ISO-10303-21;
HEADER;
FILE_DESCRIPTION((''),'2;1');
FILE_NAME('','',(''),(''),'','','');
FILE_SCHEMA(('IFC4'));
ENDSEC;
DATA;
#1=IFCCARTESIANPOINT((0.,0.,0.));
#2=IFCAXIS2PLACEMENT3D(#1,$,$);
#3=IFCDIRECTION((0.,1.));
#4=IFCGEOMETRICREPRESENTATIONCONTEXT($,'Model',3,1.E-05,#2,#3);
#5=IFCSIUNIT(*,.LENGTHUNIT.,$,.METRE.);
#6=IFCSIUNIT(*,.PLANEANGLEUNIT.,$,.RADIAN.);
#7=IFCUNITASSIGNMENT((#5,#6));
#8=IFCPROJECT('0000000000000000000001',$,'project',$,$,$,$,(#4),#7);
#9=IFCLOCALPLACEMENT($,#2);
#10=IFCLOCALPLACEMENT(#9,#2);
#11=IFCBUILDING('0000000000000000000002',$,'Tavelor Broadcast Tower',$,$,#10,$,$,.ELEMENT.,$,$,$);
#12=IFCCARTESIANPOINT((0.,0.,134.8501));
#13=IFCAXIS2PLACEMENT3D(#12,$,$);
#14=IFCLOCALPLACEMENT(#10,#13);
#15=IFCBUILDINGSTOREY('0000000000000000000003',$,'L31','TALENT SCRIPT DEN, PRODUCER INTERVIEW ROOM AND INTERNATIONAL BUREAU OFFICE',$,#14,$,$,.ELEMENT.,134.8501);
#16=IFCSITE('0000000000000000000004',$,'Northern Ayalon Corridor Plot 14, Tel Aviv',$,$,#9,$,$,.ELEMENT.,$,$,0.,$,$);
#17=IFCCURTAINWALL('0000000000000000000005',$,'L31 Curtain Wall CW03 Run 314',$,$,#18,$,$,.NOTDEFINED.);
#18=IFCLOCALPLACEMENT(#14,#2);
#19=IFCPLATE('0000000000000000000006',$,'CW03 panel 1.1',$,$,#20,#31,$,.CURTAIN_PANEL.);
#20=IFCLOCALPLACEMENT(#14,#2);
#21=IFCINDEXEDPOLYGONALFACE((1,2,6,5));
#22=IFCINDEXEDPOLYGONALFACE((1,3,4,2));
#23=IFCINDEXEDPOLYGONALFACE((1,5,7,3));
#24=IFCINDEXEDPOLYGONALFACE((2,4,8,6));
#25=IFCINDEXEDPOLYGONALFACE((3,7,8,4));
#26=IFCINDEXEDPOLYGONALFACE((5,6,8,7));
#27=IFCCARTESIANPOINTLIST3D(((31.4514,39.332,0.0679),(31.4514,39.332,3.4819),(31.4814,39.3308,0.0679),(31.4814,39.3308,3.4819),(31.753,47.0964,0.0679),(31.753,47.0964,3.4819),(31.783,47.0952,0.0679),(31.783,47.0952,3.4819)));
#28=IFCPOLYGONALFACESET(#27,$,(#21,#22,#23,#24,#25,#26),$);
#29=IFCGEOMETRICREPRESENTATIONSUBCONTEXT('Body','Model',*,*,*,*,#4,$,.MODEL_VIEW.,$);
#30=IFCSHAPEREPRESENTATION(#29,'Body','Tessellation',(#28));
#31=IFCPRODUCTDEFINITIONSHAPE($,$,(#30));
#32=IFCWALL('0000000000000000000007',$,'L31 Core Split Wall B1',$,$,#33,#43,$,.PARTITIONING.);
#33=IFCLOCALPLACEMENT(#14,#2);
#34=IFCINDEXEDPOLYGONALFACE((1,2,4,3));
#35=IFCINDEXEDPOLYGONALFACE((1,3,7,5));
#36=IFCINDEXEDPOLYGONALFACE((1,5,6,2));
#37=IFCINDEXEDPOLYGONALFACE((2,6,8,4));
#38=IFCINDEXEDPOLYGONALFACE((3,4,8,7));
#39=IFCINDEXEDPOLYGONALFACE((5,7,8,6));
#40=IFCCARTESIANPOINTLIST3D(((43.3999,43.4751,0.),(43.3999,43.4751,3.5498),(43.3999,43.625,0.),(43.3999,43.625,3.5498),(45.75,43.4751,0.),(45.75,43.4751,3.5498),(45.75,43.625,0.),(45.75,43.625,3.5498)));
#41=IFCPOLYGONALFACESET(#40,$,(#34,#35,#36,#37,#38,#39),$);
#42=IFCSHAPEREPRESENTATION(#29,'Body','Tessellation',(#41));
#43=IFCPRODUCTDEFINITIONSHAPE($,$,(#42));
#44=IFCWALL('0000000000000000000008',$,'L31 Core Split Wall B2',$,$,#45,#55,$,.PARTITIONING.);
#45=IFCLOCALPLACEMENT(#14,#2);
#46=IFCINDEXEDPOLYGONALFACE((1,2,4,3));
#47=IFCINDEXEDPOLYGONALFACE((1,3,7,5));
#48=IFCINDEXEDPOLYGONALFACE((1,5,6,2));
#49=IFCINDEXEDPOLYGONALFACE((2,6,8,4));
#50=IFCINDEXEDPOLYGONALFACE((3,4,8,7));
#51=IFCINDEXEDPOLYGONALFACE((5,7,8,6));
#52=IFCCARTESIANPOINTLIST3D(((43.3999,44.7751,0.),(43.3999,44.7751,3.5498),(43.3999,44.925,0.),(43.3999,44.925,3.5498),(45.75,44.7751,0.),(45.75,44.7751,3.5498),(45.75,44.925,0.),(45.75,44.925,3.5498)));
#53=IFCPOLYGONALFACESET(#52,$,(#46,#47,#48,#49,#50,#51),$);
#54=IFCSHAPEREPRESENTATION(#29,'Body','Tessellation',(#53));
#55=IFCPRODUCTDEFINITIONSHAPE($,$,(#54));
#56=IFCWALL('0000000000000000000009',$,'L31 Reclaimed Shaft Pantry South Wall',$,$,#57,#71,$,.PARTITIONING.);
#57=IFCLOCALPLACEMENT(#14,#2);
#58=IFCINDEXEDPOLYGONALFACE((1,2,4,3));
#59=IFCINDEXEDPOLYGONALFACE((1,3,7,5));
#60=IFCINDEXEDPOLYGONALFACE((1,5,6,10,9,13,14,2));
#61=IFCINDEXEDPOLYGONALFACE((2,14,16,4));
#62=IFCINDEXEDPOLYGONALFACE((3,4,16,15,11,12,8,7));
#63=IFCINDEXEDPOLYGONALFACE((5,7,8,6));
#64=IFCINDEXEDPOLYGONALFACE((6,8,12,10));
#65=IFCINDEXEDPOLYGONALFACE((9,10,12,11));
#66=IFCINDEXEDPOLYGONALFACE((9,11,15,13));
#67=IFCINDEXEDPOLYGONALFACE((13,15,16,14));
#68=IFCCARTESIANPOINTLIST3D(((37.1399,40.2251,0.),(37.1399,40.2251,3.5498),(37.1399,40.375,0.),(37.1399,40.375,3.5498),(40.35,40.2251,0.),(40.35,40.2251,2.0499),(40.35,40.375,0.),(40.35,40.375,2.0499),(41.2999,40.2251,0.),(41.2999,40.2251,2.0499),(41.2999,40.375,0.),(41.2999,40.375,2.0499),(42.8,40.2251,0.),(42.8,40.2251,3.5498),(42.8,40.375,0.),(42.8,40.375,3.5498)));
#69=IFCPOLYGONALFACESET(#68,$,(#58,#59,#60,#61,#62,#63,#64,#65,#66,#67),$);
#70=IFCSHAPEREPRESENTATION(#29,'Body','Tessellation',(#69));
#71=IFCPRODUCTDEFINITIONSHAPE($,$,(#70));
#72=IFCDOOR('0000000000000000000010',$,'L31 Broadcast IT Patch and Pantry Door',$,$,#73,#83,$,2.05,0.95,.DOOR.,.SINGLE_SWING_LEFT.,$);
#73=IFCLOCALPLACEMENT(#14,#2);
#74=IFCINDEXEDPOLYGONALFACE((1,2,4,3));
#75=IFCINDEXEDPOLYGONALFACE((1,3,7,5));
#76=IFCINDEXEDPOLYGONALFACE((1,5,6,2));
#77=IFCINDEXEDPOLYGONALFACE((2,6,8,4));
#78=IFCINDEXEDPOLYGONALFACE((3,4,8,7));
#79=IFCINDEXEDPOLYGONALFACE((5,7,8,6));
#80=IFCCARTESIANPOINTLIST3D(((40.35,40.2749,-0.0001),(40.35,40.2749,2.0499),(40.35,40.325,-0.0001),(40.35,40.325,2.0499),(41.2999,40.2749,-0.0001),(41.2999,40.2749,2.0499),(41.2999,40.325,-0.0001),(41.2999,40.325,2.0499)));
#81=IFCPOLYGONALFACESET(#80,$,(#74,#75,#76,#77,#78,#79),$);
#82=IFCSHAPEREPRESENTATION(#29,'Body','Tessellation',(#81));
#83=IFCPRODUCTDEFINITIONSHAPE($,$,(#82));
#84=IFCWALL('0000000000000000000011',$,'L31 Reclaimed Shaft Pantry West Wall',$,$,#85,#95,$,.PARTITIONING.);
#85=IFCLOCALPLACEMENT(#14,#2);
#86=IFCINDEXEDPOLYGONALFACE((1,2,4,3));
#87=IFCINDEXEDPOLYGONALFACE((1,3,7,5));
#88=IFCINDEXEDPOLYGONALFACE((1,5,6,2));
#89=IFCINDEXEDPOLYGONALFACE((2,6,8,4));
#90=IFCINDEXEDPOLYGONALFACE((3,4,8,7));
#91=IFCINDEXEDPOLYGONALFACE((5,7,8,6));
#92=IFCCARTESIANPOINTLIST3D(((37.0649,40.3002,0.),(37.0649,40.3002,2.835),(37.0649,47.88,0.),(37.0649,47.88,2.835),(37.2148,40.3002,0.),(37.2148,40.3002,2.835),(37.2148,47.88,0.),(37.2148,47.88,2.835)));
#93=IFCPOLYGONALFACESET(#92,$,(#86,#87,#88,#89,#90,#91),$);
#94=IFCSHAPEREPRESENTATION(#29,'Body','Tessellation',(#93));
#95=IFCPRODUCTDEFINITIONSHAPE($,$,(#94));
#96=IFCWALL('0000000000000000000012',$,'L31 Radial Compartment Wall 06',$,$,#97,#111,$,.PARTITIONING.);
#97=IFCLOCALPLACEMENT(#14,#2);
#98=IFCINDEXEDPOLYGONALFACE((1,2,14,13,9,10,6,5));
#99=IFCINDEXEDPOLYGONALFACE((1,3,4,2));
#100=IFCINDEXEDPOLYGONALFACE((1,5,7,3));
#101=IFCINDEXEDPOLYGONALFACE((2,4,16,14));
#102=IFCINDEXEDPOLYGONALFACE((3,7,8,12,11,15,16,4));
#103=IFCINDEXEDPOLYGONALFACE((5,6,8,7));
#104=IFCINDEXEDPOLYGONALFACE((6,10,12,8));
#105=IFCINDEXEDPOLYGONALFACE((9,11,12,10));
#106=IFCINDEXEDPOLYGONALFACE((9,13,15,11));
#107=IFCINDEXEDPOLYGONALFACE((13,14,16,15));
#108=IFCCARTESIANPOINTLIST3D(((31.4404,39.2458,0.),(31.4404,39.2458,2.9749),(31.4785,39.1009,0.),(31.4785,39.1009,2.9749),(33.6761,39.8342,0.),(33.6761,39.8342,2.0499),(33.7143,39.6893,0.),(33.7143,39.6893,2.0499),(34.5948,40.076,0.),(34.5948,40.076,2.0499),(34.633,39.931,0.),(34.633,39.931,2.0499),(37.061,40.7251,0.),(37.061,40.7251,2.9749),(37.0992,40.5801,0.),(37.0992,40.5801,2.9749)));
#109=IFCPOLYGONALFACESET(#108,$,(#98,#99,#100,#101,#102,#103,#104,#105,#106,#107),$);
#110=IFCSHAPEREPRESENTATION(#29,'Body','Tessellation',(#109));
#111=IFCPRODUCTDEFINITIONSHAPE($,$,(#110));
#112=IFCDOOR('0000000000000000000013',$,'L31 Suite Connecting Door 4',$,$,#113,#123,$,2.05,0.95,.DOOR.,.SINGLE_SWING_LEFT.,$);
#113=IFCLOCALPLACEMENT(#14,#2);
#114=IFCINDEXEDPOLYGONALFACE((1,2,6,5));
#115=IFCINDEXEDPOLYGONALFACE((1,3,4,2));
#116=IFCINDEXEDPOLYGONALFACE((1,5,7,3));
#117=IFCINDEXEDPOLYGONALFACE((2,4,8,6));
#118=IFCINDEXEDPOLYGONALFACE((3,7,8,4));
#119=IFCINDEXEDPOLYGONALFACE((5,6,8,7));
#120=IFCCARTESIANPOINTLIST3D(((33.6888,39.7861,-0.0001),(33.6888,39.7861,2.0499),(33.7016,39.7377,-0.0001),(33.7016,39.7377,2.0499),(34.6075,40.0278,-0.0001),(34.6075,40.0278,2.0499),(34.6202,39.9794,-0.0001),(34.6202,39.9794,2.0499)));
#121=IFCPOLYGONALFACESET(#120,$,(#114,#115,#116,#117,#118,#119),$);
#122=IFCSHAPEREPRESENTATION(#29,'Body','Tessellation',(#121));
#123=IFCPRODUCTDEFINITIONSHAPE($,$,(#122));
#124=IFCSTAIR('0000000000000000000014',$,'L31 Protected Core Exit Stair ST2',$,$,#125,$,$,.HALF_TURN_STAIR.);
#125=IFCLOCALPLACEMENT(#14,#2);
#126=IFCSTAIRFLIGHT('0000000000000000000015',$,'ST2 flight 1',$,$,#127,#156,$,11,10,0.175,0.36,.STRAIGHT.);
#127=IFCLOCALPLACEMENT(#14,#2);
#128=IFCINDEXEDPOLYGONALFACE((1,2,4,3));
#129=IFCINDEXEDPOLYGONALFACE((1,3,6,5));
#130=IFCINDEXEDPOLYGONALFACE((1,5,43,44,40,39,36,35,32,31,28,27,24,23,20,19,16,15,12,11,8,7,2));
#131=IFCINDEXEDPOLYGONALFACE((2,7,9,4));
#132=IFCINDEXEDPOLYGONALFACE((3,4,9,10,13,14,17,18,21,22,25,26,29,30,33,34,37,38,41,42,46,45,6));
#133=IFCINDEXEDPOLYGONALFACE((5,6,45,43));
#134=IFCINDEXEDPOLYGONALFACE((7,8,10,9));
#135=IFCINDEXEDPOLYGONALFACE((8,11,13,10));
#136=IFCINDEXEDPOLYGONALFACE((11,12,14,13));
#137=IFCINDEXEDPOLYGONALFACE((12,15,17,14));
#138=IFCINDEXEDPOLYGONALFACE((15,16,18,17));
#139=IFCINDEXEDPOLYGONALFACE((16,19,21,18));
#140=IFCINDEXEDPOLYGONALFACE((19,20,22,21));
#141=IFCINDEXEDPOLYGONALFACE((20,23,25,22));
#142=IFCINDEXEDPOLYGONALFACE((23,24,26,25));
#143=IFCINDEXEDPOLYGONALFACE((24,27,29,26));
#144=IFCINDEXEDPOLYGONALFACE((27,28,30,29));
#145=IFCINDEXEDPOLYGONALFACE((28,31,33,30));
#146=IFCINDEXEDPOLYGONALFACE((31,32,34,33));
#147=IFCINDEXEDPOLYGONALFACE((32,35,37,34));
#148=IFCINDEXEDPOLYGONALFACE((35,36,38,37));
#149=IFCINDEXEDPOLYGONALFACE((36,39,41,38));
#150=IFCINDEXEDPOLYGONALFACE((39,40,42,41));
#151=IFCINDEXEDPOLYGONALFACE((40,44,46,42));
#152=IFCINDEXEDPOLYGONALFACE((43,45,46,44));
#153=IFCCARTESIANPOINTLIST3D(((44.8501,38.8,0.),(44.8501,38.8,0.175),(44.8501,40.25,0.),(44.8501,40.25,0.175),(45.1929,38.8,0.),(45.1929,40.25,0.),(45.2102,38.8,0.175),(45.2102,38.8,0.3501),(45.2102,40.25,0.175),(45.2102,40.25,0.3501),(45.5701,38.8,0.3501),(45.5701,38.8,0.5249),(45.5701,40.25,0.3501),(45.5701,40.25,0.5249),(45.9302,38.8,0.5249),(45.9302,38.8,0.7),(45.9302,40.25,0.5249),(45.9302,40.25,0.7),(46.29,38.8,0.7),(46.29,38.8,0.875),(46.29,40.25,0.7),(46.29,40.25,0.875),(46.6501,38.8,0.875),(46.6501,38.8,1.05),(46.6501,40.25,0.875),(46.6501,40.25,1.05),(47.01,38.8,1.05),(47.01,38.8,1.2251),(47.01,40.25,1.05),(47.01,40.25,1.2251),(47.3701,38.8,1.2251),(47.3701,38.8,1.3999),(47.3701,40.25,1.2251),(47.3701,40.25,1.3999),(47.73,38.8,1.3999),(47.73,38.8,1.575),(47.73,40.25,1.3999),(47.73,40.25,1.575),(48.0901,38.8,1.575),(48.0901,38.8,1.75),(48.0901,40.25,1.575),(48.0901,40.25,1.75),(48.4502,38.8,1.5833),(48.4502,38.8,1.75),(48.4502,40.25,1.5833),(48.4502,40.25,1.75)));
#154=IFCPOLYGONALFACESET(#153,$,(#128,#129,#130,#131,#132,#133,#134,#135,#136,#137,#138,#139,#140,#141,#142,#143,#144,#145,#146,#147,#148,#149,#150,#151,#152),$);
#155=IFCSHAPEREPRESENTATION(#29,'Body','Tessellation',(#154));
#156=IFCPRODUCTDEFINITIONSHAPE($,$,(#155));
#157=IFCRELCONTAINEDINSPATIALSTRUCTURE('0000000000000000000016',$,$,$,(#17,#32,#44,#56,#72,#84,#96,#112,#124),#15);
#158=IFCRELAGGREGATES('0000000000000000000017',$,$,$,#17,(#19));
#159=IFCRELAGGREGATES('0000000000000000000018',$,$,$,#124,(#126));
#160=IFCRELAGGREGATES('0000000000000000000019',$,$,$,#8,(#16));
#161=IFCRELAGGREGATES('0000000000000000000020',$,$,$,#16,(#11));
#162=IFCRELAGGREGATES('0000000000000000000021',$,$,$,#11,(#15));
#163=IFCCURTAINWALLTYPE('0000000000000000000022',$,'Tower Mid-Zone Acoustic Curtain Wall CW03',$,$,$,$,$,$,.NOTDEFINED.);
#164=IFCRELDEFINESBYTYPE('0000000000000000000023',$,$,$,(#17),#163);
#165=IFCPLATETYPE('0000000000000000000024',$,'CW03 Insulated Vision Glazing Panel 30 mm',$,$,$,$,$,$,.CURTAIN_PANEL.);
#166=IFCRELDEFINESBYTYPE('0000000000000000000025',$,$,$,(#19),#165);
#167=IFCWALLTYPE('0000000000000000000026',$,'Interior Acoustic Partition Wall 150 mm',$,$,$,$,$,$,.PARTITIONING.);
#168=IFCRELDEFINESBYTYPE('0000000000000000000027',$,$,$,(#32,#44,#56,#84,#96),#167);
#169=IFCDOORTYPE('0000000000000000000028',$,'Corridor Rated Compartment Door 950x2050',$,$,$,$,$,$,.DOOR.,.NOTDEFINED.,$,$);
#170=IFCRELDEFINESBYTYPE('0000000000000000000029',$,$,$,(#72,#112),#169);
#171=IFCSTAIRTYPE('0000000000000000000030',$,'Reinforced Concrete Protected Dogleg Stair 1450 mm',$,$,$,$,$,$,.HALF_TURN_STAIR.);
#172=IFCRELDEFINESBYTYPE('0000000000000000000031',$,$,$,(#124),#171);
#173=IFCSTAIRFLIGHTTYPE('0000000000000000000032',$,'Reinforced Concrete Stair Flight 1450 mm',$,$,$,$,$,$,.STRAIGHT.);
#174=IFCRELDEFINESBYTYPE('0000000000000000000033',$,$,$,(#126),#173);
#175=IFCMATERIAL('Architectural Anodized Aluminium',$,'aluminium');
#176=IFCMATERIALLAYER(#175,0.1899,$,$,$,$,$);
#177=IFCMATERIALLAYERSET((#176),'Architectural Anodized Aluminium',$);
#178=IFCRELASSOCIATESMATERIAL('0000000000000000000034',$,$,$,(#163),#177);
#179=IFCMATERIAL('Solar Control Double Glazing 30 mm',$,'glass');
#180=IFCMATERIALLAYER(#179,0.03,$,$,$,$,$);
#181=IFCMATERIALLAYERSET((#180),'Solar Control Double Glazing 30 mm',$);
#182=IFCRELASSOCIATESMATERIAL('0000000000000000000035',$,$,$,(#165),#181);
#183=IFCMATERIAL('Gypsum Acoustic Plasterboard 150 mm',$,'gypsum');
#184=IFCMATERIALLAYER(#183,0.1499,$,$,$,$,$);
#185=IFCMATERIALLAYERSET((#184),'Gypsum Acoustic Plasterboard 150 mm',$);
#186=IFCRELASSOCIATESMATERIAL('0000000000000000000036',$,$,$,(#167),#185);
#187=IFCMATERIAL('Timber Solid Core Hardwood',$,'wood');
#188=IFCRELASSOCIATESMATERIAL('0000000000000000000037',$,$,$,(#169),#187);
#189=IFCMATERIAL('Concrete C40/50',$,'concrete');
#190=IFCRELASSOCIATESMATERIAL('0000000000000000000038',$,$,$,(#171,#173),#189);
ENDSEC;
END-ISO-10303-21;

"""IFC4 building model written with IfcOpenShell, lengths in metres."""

from ifc_helpers import new_model, si_unit, direction, frame, frame_2d, origin, origin_2d, place, context, subcontext, project, spatial, polyline, rectangle, outline, extrude, source, transform, mapped, material, layer, layer_set, type_object, type_shapes, element, fill, aggregate, save


model = new_model("IFC4")

# Units and contexts
model_context = context("Model", 3, precision=1e-05, world=origin(), true_north=direction((0.0, 1.0)))
body_context = subcontext(model_context, "Body", "Model", "MODEL_VIEW")
ifc_project = project(units=[si_unit("LENGTHUNIT", "METRE"), si_unit("PLANEANGLEUNIT", "RADIAN")], contexts=[model_context])

# Site, building, storey
site_placement = place(None, origin())
site = spatial("IfcSite", under=ifc_project, at=site_placement, Name="Northern Ayalon Corridor Plot 14, Tel Aviv", CompositionType="ELEMENT", RefElevation=0.0)
building_placement = place(site_placement, origin())
building = spatial("IfcBuilding", under=site, at=building_placement, Name="Tavelor Broadcast Tower", CompositionType="ELEMENT")
storey_placement = place(building_placement, frame((0.0, 0.0, 134.8501)))
storey = spatial("IfcBuildingStorey", under=building, at=storey_placement, Name="L31", Description="TALENT SCRIPT DEN, PRODUCER INTERVIEW ROOM AND INTERNATIONAL BUREAU OFFICE", CompositionType="ELEMENT", Elevation=134.8501)

# Shared definitions
ifc_material_1 = material(Name="Concrete C40/50", Category="concrete")

# Curtain wall
ifc_material_2 = material(Name="Architectural Anodized Aluminium", Category="aluminium")
ifc_layer_1 = layer(ifc_material_2, 0.1899)
ifc_layer_set_1 = layer_set([ifc_layer_1], Name="Architectural Anodized Aluminium")
curtain_wall_type = type_object("IfcCurtainWallType", Name="Tower Mid-Zone Acoustic Curtain Wall CW03", PredefinedType="NOTDEFINED", material=ifc_layer_set_1)
curtain_wall_1_placement = place(storey_placement, origin())
curtain_wall_1 = element("IfcCurtainWall", 1, at=curtain_wall_1_placement, inside=storey, type_object=curtain_wall_type, Name="L31 Curtain Wall CW03 Run 314", PredefinedType="NOTDEFINED")

# Plate
ifc_material_3 = material(Name="Solar Control Double Glazing 30 mm", Category="glass")
ifc_layer_2 = layer(ifc_material_3, 0.03)
ifc_layer_set_2 = layer_set([ifc_layer_2], Name="Solar Control Double Glazing 30 mm")
plate_type_1 = type_object("IfcPlateType", Name="CW03 Insulated Vision Glazing Panel 30 mm", PredefinedType="CURTAIN_PANEL", material=ifc_layer_set_2)
shared_shape_1 = source(origin(), body_context, "Body", "SweptSolid", [
    extrude(rectangle(XDim=7.7703, YDim=0.03, at=origin_2d()), origin(), (0.0, 0.0, 1.0), 3.4141),
])
type_shapes(plate_type_1, [shared_shape_1])
plate_1_placement = place(storey_placement, frame((31.6172, 43.2136, 0.0679), z_axis=(0.0, 0.0, 1.0), x_axis=(-0.038817, -0.999246, 0.0)))
plate_1 = element("IfcPlate", 2, at=plate_1_placement, type_object=plate_type_1, Name="CW03 panel 1.1", PredefinedType="CURTAIN_PANEL", context=body_context, shape_type="MappedRepresentation", body=[
    mapped(shared_shape_1, transform((0.0, 0.0, 0.0), scale=1.0)),
])
aggregate(curtain_wall_1, [plate_1])

# Walls
ifc_material_4 = material(Name="Gypsum Acoustic Plasterboard 150 mm", Category="gypsum")
ifc_layer_3 = layer(ifc_material_4, 0.1499)
ifc_layer_set_3 = layer_set([ifc_layer_3], Name="Gypsum Acoustic Plasterboard 150 mm")
wall_type_1 = type_object("IfcWallType", Name="Interior Acoustic Partition Wall 150 mm", PredefinedType="PARTITIONING", material=ifc_layer_set_3)
for number, where, z_axis, x_axis, name in (
    (3, (43.3999, 43.55, 0.0), (0.0, 0.0, 1.0), (1.0, 0.0, 0.0), "L31 Core Split Wall B1"),
    (4, (43.3999, 44.8501, 0.0), (0.0, 0.0, 1.0), (1.0, 0.0, 0.0), "L31 Core Split Wall B2"),
):
    element("IfcWall", number, at=place(storey_placement, frame(where, z_axis=z_axis, x_axis=x_axis)), inside=storey, type_object=wall_type_1, Name=name, PredefinedType="PARTITIONING", context=body_context, shape_type="SweptSolid", body=[
        extrude(rectangle(XDim=2.3501, YDim=0.1499, at=frame_2d((1.175, 0.0))), origin(), (0.0, 0.0, 1.0), 3.5498),
    ])

# Wall, opening, door
wall_1_placement = place(storey_placement, frame((37.1399, 40.3, 0.0), z_axis=(0.0, 0.0, 1.0), x_axis=(1.0, 0.0, 0.0)))
wall_1 = element("IfcWall", 5, at=wall_1_placement, inside=storey, type_object=wall_type_1, Name="L31 Reclaimed Shaft Pantry South Wall", PredefinedType="PARTITIONING", context=body_context, shape_type="SweptSolid", body=[
    extrude(rectangle(XDim=5.6602, YDim=0.1499, at=frame_2d((2.8301, 0.0))), origin(), (0.0, 0.0, 1.0), 3.5498),
])
opening_1_placement = place(wall_1_placement, frame((3.21, 0.0, 0.0)))
opening_1 = element("IfcOpeningElement", 6, at=opening_1_placement, cuts=wall_1, PredefinedType="OPENING", context=body_context, shape_type="SweptSolid", body=[
    extrude(rectangle(XDim=0.95, YDim=2.05, at=frame_2d((0.4751, 1.0249))), frame((0.0, 0.085, 0.0), z_axis=(0.0, -1.0, 0.0), x_axis=(1.0, 0.0, 0.0)), (0.0, 0.0, 1.0), 0.1699),
])
ifc_material_5 = material(Name="Timber Solid Core Hardwood", Category="wood")
door_type_1 = type_object("IfcDoorType", Name="Corridor Rated Compartment Door 950x2050", OperationType="NOTDEFINED", PredefinedType="DOOR", material=ifc_material_5)
door_1_placement = place(opening_1_placement, origin())
door_1 = element("IfcDoor", 7, at=door_1_placement, inside=storey, type_object=door_type_1, Name="L31 Broadcast IT Patch and Pantry Door", OperationType="SINGLE_SWING_LEFT", OverallHeight=2.05, OverallWidth=0.95, PredefinedType="DOOR", context=body_context, shape_type="SweptSolid", body=[
    extrude(rectangle(XDim=0.95, YDim=2.05, at=frame_2d((0.4751, 1.0249))), frame((0.0, 0.0249, 0.0), z_axis=(0.0, -1.0, 0.0), x_axis=(1.0, 0.0, 0.0)), (0.0, 0.0, 1.0), 0.05),
])
fill(opening_1, door_1)

# Wall
wall_2_placement = place(storey_placement, frame((37.1399, 40.3, 0.0), z_axis=(0.0, 0.0, 1.0), x_axis=(0.0, 1.0, 0.0)))
element("IfcWall", 8, at=wall_2_placement, inside=storey, type_object=wall_type_1, Name="L31 Reclaimed Shaft Pantry West Wall", PredefinedType="PARTITIONING", context=body_context, shape_type="SweptSolid", body=[
    extrude(rectangle(XDim=7.5798, YDim=0.1499, at=frame_2d((3.79, 0.0))), origin(), (0.0, 0.0, 1.0), 2.835),
])

# Wall, opening, door
wall_3_placement = place(storey_placement, frame((37.0801, 40.6526, 0.0), z_axis=(0.0, 0.0, 1.0), x_axis=(-0.967069, -0.254516, 0.0)))
wall_3 = element("IfcWall", 9, at=wall_3_placement, inside=storey, type_object=wall_type_1, Name="L31 Radial Compartment Wall 06", PredefinedType="PARTITIONING", context=body_context, shape_type="SweptSolid", body=[
    extrude(rectangle(XDim=5.812, YDim=0.1499, at=frame_2d((2.906, 0.0))), origin(), (0.0, 0.0, 1.0), 2.9749),
])
opening_2_placement = place(wall_3_placement, frame((2.55, 0.0, 0.0)))
opening_2 = element("IfcOpeningElement", 10, at=opening_2_placement, cuts=wall_3, PredefinedType="OPENING", context=body_context, shape_type="SweptSolid", body=[
    extrude(rectangle(XDim=0.95, YDim=2.05, at=frame_2d((0.4751, 1.0249))), frame((0.0, 0.085, 0.0), z_axis=(0.0, -1.0, 0.0), x_axis=(1.0, 0.0, 0.0)), (0.0, 0.0, 1.0), 0.1699),
])
door_2_placement = place(opening_2_placement, origin())
door_2 = element("IfcDoor", 11, at=door_2_placement, inside=storey, type_object=door_type_1, Name="L31 Suite Connecting Door 4", OperationType="SINGLE_SWING_LEFT", OverallHeight=2.05, OverallWidth=0.95, PredefinedType="DOOR", context=body_context, shape_type="SweptSolid", body=[
    extrude(rectangle(XDim=0.95, YDim=2.05, at=frame_2d((0.4751, 1.0249))), frame((0.0, 0.0249, 0.0), z_axis=(0.0, -1.0, 0.0), x_axis=(1.0, 0.0, 0.0)), (0.0, 0.0, 1.0), 0.05),
])
fill(opening_2, door_2)

# Stair, stair flight
stair_type = type_object("IfcStairType", Name="Reinforced Concrete Protected Dogleg Stair 1450 mm", PredefinedType="HALF_TURN_STAIR", material=ifc_material_1)
stair_placement = place(storey_placement, origin())
stair = element("IfcStair", 12, at=stair_placement, inside=storey, type_object=stair_type, Name="L31 Protected Core Exit Stair ST2", PredefinedType="HALF_TURN_STAIR")
stair_flight_type = type_object("IfcStairFlightType", Name="Reinforced Concrete Stair Flight 1450 mm", PredefinedType="STRAIGHT", material=ifc_material_1)
stair_flight_placement = place(storey_placement, frame((44.8501, 39.5249, 0.0), z_axis=(0.0, 0.0, 1.0), x_axis=(1.0, 0.0, 0.0)))
stair_flight = element("IfcStairFlight", 13, at=stair_flight_placement, type_object=stair_flight_type, Name="ST2 flight 1", NumberOfRisers=11, NumberOfTreads=10, PredefinedType="STRAIGHT", RiserHeight=0.175, TreadLength=0.36, context=body_context, shape_type="SweptSolid", body=[
    extrude(outline(polyline([(0.0, 0.0), (0.0, 0.175), (0.3601, 0.175), (0.3601, 0.3501), (0.72, 0.3501), (0.72, 0.5249), (1.0801, 0.5249), (1.0801, 0.7), (1.4399, 0.7), (1.4399, 0.875), (1.8, 0.875), (1.8, 1.05), (2.1599, 1.05), (2.1599, 1.2251), (2.52, 1.2251), (2.52, 1.3999), (2.8799, 1.3999), (2.8799, 1.575), (3.24, 1.575), (3.24, 1.75), (3.6001, 1.75), (3.6001, 1.925), (3.6001, 1.5833), (0.3428, 0.0), (0.0, 0.0)])), frame((0.0, 0.7251, 0.0), z_axis=(0.0, -1.0, 0.0), x_axis=(1.0, 0.0, 0.0)), (0.0, 0.0, 1.0), 1.45),
])
aggregate(stair, [stair_flight])

save(model, "model.ifc")
